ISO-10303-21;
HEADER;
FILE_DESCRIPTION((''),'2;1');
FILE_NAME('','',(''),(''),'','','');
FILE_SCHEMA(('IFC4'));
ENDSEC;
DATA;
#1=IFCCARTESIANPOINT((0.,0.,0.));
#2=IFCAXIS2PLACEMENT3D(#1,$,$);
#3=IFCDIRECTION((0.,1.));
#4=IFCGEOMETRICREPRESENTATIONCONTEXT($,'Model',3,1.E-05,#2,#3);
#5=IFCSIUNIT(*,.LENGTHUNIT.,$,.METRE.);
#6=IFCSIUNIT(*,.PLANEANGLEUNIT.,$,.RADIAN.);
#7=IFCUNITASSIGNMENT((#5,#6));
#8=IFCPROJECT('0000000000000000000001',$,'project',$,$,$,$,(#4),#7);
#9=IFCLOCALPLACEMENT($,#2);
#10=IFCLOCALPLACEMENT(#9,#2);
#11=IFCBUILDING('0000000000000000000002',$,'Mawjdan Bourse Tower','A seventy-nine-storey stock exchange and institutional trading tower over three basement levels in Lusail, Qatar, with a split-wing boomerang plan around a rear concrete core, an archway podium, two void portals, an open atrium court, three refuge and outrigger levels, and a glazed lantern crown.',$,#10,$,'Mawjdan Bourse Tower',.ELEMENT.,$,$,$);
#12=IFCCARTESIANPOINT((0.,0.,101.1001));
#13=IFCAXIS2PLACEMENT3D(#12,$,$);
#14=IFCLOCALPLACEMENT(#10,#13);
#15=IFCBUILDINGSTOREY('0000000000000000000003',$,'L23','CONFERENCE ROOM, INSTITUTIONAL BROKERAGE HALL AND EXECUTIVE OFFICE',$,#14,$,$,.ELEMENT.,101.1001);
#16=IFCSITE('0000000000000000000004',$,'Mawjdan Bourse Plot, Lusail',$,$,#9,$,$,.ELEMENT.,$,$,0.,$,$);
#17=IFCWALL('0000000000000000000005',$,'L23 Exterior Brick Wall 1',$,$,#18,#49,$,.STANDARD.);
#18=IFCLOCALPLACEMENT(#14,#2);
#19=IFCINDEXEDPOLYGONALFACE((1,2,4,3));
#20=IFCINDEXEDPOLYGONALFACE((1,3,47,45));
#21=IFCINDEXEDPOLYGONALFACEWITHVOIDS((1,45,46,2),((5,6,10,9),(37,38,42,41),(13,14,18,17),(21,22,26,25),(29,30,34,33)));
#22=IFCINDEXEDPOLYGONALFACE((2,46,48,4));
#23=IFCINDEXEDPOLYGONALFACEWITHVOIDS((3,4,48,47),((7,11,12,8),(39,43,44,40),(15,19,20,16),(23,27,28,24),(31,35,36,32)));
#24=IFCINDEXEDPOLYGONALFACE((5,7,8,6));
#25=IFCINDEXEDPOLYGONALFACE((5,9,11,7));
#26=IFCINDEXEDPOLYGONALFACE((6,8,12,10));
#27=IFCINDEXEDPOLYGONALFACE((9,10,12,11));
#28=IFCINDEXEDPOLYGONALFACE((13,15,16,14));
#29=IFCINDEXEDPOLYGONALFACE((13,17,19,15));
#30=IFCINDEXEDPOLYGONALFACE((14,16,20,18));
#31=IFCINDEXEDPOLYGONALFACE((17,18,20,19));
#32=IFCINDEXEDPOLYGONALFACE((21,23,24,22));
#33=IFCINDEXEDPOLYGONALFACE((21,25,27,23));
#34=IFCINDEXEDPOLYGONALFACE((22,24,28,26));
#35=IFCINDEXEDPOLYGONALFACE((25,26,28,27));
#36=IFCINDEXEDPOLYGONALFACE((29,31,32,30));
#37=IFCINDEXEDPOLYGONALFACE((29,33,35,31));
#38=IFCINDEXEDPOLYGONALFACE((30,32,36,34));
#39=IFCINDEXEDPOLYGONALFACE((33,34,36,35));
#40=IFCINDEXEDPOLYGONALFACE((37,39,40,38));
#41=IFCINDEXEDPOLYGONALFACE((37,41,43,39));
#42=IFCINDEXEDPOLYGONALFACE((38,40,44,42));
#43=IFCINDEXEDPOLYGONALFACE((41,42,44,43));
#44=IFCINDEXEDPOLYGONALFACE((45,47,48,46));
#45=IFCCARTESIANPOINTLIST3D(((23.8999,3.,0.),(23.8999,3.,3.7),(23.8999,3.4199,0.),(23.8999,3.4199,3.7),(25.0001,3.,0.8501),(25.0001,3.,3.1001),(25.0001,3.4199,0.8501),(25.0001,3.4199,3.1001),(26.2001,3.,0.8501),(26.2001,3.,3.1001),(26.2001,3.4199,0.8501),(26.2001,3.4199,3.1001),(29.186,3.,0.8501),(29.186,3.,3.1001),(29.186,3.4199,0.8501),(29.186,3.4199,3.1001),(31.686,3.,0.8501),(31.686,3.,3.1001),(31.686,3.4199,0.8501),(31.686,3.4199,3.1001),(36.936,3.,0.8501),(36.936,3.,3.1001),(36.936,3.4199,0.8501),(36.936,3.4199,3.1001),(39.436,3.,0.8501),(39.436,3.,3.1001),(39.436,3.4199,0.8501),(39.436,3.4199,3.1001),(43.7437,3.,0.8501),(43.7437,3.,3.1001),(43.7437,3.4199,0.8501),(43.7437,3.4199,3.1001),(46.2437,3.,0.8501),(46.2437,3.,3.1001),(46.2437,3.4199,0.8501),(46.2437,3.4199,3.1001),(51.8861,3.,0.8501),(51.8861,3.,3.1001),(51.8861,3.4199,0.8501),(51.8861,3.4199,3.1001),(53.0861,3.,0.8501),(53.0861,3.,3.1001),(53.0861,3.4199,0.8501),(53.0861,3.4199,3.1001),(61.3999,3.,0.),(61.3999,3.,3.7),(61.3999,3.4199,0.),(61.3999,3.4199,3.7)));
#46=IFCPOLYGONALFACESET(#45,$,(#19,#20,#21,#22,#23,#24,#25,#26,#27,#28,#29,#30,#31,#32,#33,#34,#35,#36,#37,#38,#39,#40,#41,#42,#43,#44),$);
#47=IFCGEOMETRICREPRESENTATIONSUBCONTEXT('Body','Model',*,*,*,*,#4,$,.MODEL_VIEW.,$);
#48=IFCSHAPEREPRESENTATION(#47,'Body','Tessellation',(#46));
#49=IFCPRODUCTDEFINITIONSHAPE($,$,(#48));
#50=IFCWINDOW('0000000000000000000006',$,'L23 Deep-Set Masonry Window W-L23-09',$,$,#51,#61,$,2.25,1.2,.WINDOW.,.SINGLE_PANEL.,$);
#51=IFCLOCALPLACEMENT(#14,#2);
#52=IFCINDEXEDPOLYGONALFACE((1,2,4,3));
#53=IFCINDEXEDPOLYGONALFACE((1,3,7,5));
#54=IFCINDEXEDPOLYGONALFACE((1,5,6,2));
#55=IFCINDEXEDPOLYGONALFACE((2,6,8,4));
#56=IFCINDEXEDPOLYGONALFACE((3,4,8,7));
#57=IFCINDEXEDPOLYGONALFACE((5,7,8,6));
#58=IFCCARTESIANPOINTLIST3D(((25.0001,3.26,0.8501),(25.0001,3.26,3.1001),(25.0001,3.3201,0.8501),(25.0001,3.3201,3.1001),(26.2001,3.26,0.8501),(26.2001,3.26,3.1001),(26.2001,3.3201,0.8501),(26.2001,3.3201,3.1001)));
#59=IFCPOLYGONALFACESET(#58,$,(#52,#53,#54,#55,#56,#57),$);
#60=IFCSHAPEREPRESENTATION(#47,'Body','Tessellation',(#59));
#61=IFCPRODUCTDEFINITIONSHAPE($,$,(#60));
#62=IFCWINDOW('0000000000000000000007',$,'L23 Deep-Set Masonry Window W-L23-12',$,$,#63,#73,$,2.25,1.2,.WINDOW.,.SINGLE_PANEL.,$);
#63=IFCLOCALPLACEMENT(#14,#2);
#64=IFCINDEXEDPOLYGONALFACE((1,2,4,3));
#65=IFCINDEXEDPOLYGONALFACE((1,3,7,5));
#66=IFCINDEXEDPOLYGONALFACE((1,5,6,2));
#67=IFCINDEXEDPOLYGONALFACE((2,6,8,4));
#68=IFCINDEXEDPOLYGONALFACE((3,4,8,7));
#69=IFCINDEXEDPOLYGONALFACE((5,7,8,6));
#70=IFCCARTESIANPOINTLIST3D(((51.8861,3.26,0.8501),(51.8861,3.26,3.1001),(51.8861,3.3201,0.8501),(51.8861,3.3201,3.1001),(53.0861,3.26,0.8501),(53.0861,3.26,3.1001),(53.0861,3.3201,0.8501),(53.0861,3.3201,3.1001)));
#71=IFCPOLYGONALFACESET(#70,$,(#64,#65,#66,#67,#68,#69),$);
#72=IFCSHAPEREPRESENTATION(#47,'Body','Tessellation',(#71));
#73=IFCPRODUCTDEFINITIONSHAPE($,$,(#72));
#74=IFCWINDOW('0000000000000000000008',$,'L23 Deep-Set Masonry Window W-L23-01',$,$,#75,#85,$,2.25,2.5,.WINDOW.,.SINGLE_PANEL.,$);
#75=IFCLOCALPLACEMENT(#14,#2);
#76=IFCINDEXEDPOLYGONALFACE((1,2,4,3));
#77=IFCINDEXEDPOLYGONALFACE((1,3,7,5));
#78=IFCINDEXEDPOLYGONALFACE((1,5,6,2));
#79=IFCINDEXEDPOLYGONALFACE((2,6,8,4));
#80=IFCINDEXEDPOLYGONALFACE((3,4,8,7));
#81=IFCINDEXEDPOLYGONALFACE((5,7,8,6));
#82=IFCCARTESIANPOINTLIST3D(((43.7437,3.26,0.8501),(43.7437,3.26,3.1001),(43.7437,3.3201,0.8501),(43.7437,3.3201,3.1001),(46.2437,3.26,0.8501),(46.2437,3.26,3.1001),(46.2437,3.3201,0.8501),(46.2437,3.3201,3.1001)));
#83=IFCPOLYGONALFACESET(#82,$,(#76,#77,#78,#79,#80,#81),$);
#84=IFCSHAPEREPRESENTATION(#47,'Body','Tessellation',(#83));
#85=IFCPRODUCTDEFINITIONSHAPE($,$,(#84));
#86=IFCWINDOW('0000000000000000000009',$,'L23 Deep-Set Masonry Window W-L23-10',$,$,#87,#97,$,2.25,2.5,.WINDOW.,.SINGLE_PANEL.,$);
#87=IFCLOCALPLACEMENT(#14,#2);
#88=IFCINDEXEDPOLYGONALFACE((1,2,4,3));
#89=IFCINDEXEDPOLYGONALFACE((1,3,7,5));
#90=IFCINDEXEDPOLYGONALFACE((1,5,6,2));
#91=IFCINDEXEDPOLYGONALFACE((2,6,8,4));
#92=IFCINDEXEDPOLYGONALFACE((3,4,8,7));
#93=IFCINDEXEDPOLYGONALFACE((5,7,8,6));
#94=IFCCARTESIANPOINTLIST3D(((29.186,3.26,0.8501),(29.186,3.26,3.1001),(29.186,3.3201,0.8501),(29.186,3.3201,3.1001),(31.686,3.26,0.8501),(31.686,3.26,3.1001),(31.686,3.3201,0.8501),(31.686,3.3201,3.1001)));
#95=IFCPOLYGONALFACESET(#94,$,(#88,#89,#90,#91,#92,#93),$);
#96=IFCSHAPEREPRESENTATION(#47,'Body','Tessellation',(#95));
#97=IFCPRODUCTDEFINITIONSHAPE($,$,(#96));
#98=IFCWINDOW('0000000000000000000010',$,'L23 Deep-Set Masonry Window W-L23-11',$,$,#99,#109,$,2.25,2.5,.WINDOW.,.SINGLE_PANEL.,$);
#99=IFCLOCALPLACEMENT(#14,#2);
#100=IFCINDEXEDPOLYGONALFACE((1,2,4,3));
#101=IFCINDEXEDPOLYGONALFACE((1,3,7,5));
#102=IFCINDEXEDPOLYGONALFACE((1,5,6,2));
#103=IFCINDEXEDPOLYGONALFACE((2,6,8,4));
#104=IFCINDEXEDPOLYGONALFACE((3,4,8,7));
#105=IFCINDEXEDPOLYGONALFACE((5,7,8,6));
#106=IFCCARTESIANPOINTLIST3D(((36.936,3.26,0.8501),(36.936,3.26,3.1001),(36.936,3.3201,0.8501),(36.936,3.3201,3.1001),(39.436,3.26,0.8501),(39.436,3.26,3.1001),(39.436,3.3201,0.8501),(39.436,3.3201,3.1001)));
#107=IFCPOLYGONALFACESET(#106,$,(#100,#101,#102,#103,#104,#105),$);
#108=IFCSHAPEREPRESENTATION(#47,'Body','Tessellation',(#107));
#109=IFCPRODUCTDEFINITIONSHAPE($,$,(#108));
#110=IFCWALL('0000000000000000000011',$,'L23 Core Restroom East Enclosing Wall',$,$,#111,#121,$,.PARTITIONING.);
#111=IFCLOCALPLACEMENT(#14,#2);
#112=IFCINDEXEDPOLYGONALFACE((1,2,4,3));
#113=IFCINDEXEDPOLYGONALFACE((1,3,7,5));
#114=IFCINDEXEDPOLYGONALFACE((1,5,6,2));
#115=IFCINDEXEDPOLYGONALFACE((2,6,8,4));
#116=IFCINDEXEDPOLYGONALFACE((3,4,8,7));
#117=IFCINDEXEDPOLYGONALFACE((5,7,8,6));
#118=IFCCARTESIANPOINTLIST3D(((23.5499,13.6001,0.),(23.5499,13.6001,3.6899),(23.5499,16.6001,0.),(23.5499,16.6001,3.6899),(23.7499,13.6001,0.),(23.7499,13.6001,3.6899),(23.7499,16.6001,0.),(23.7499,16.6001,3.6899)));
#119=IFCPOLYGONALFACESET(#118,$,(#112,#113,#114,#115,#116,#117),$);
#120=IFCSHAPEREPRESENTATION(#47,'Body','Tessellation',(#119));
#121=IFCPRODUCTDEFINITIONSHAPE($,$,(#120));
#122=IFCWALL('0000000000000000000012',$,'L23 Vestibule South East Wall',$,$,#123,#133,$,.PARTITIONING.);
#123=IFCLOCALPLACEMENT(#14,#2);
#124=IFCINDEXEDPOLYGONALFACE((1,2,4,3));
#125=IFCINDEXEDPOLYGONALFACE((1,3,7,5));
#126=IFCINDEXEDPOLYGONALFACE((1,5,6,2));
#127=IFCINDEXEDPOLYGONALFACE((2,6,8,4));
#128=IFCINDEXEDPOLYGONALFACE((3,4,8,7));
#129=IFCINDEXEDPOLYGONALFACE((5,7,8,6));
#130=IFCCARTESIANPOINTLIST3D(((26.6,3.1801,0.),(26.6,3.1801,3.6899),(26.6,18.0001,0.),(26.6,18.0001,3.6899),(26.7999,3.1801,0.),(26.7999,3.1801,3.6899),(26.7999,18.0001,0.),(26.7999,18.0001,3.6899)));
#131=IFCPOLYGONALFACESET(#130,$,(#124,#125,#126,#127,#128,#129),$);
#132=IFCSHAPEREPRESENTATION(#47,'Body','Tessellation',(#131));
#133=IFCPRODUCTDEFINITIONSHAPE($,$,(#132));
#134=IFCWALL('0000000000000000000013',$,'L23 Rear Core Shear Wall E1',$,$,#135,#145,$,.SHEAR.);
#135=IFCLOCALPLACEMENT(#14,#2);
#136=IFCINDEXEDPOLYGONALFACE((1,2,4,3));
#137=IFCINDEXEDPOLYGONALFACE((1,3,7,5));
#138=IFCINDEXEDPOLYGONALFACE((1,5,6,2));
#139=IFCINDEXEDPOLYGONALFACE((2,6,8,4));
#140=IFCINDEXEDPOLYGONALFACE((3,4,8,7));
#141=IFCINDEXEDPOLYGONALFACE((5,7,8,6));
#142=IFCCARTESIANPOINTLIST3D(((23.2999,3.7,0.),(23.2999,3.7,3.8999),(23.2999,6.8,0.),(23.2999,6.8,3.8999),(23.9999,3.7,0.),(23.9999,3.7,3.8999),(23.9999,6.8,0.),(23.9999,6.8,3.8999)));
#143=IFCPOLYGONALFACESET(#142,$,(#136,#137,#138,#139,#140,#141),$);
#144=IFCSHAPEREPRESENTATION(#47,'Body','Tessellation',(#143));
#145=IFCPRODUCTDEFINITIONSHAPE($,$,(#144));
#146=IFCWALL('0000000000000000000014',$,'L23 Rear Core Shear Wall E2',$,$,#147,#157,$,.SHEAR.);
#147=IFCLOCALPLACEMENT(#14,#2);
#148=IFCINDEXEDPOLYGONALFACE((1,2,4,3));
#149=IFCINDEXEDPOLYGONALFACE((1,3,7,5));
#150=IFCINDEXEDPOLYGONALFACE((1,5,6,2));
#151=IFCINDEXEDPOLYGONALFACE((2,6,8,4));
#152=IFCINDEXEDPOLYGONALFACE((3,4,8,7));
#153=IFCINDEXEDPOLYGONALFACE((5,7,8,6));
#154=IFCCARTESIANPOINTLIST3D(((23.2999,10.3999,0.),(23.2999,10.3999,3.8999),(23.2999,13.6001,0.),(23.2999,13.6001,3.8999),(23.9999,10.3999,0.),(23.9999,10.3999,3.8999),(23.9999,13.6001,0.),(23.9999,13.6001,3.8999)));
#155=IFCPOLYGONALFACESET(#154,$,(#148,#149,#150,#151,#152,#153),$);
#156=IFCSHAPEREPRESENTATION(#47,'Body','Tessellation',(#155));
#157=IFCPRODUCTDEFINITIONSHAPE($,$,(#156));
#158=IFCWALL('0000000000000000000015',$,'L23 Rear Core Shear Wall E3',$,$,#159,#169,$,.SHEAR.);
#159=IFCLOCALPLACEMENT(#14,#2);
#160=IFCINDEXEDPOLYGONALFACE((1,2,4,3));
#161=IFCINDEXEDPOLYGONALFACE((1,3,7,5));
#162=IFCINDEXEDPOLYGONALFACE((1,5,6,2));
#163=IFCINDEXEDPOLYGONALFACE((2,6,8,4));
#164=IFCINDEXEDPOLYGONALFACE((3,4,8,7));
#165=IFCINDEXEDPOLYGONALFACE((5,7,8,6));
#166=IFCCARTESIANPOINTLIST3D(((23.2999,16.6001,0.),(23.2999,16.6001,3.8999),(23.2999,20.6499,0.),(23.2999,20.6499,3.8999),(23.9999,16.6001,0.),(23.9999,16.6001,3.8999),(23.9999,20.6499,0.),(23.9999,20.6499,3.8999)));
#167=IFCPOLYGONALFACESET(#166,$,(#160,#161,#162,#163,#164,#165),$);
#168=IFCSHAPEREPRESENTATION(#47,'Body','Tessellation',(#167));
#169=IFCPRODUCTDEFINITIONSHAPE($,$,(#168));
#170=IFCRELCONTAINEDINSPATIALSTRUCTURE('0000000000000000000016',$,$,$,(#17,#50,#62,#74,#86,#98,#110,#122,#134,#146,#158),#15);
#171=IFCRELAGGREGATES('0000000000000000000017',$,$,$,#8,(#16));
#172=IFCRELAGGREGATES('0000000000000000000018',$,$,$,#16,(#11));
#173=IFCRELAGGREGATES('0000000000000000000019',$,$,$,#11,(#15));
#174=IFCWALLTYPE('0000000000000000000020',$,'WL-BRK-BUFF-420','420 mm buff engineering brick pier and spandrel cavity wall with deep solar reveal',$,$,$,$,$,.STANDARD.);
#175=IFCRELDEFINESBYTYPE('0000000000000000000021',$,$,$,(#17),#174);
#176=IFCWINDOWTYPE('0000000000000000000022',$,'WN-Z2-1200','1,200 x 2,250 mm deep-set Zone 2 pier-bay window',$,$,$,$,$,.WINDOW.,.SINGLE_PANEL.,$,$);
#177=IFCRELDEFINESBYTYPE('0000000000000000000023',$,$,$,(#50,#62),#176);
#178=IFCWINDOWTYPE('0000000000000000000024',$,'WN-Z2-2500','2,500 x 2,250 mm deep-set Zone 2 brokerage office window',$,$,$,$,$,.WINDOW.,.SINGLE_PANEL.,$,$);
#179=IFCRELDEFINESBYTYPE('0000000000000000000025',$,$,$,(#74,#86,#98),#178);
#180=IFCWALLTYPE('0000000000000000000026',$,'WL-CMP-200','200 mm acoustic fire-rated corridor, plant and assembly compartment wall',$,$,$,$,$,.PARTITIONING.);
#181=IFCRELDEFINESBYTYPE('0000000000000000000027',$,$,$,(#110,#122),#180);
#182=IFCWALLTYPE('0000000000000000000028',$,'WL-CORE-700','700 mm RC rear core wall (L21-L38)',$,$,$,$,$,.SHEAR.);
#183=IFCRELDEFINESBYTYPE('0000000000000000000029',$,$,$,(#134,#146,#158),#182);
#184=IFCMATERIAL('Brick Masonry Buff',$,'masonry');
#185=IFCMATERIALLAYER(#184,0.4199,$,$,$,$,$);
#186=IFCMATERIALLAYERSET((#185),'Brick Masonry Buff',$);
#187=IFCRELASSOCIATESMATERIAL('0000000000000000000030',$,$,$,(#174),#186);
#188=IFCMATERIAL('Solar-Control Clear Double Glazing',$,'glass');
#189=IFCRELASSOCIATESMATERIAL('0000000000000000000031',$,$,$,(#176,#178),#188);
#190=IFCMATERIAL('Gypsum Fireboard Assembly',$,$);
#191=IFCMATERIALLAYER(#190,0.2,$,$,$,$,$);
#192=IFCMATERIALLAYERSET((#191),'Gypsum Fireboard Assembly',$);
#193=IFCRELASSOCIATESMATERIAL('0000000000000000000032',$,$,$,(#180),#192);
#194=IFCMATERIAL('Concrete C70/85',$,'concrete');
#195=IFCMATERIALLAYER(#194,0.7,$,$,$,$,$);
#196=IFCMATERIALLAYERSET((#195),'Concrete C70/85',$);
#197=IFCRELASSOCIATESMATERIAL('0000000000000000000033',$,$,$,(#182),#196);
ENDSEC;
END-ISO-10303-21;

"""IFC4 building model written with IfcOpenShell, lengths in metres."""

from ifc_helpers import new_model, si_unit, direction, frame, frame_2d, origin, place, context, subcontext, project, spatial, rectangle, extrude, material, layer, layer_set, type_object, element, fill, save


model = new_model("IFC4")

# Units and contexts
model_context = context("Model", 3, precision=1e-05, world=origin(), true_north=direction((0.0, 1.0)))
body_context = subcontext(model_context, "Body", "Model", "MODEL_VIEW")
ifc_project = project(units=[si_unit("LENGTHUNIT", "METRE"), si_unit("PLANEANGLEUNIT", "RADIAN")], contexts=[model_context])

# Site, building, storey
site_placement = place(None, origin())
site = spatial("IfcSite", under=ifc_project, at=site_placement, Name="Mawjdan Bourse Plot, Lusail", CompositionType="ELEMENT", RefElevation=0.0)
building_placement = place(site_placement, origin())
building = spatial("IfcBuilding", under=site, at=building_placement, Name="Mawjdan Bourse Tower", Description="A seventy-nine-storey stock exchange and institutional trading tower over three basement levels in Lusail, Qatar, with a split-wing boomerang plan around a rear concrete core, an archway podium, two void portals, an open atrium court, three refuge and outrigger levels, and a glazed lantern crown.", LongName="Mawjdan Bourse Tower", CompositionType="ELEMENT")
storey_placement = place(building_placement, frame((0.0, 0.0, 101.1001)))
storey = spatial("IfcBuildingStorey", under=building, at=storey_placement, Name="L23", Description="CONFERENCE ROOM, INSTITUTIONAL BROKERAGE HALL AND EXECUTIVE OFFICE", CompositionType="ELEMENT", Elevation=101.1001)

# Shared definitions
ifc_material_1 = material(Name="Concrete C70/85", Category="concrete")

# Wall, openings, windows
ifc_material_2 = material(Name="Brick Masonry Buff", Category="masonry")
ifc_layer_1 = layer(ifc_material_2, 0.4199)
ifc_layer_set_1 = layer_set([ifc_layer_1], Name="Brick Masonry Buff")
wall_type_1 = type_object("IfcWallType", Name="WL-BRK-BUFF-420", Description="420 mm buff engineering brick pier and spandrel cavity wall with deep solar reveal", PredefinedType="STANDARD", material=ifc_layer_set_1)
wall_1_placement = place(storey_placement, frame((23.8999, 3.21, 0.0), z_axis=(0.0, 0.0, 1.0), x_axis=(1.0, 0.0, 0.0)))
wall_1 = element("IfcWall", 1, at=wall_1_placement, inside=storey, type_object=wall_type_1, Name="L23 Exterior Brick Wall 1", PredefinedType="STANDARD", context=body_context, shape_type="SweptSolid", body=[
    extrude(rectangle(XDim=37.5, YDim=0.4199, at=frame_2d((18.75, 0.0))), origin(), (0.0, 0.0, 1.0), 3.7),
])
opening_1_placement = place(wall_1_placement, frame((19.8438, 0.0, 0.8501)))
opening_1 = element("IfcOpeningElement", 2, at=opening_1_placement, cuts=wall_1, PredefinedType="OPENING", context=body_context, shape_type="SweptSolid", body=[
    extrude(rectangle(XDim=2.5, YDim=2.25, at=frame_2d((1.25, 1.125))), frame((0.0, 0.22, 0.0), z_axis=(0.0, -1.0, 0.0), x_axis=(1.0, 0.0, 0.0)), (0.0, 0.0, 1.0), 0.4399),
])
opening_2_placement = place(wall_1_placement, frame((1.1001, 0.0, 0.8501)))
opening_2 = element("IfcOpeningElement", 3, at=opening_2_placement, cuts=wall_1, PredefinedType="OPENING", context=body_context, shape_type="SweptSolid", body=[
    extrude(rectangle(XDim=1.2, YDim=2.25, at=frame_2d((0.6001, 1.125))), frame((0.0, 0.22, 0.0), z_axis=(0.0, -1.0, 0.0), x_axis=(1.0, 0.0, 0.0)), (0.0, 0.0, 1.0), 0.4399),
])
opening_3_placement = place(wall_1_placement, frame((5.2861, 0.0, 0.8501)))
opening_3 = element("IfcOpeningElement", 4, at=opening_3_placement, cuts=wall_1, PredefinedType="OPENING", context=body_context, shape_type="SweptSolid", body=[
    extrude(rectangle(XDim=2.5, YDim=2.25, at=frame_2d((1.25, 1.125))), frame((0.0, 0.22, 0.0), z_axis=(0.0, -1.0, 0.0), x_axis=(1.0, 0.0, 0.0)), (0.0, 0.0, 1.0), 0.4399),
])
opening_4_placement = place(wall_1_placement, frame((13.0361, 0.0, 0.8501)))
opening_4 = element("IfcOpeningElement", 5, at=opening_4_placement, cuts=wall_1, PredefinedType="OPENING", context=body_context, shape_type="SweptSolid", body=[
    extrude(rectangle(XDim=2.5, YDim=2.25, at=frame_2d((1.25, 1.125))), frame((0.0, 0.22, 0.0), z_axis=(0.0, -1.0, 0.0), x_axis=(1.0, 0.0, 0.0)), (0.0, 0.0, 1.0), 0.4399),
])
opening_5_placement = place(wall_1_placement, frame((27.9861, 0.0, 0.8501)))
opening_5 = element("IfcOpeningElement", 6, at=opening_5_placement, cuts=wall_1, PredefinedType="OPENING", context=body_context, shape_type="SweptSolid", body=[
    extrude(rectangle(XDim=1.2, YDim=2.25, at=frame_2d((0.6001, 1.125))), frame((0.0, 0.22, 0.0), z_axis=(0.0, -1.0, 0.0), x_axis=(1.0, 0.0, 0.0)), (0.0, 0.0, 1.0), 0.4399),
])
ifc_material_3 = material(Name="Solar-Control Clear Double Glazing", Category="glass")
window_type_1 = type_object("IfcWindowType", Name="WN-Z2-1200", Description="1,200 x 2,250 mm deep-set Zone 2 pier-bay window", PartitioningType="SINGLE_PANEL", PredefinedType="WINDOW", material=ifc_material_3)
window_1_placement = place(opening_2_placement, origin())
window_1 = element("IfcWindow", 7, at=window_1_placement, inside=storey, type_object=window_type_1, Name="L23 Deep-Set Masonry Window W-L23-09", OverallHeight=2.25, OverallWidth=1.2, PartitioningType="SINGLE_PANEL", PredefinedType="WINDOW", context=body_context, shape_type="SweptSolid", body=[
    extrude(rectangle(XDim=1.2, YDim=2.25, at=frame_2d((0.6001, 1.125))), frame((0.0, 0.1101, 0.0), z_axis=(0.0, -1.0, 0.0), x_axis=(1.0, 0.0, 0.0)), (0.0, 0.0, 1.0), 0.0601),
])
fill(opening_2, window_1)
window_2_placement = place(opening_5_placement, origin())
window_2 = element("IfcWindow", 8, at=window_2_placement, inside=storey, type_object=window_type_1, Name="L23 Deep-Set Masonry Window W-L23-12", OverallHeight=2.25, OverallWidth=1.2, PartitioningType="SINGLE_PANEL", PredefinedType="WINDOW", context=body_context, shape_type="SweptSolid", body=[
    extrude(rectangle(XDim=1.2, YDim=2.25, at=frame_2d((0.6001, 1.125))), frame((0.0, 0.1101, 0.0), z_axis=(0.0, -1.0, 0.0), x_axis=(1.0, 0.0, 0.0)), (0.0, 0.0, 1.0), 0.0601),
])
fill(opening_5, window_2)
window_type_2 = type_object("IfcWindowType", Name="WN-Z2-2500", Description="2,500 x 2,250 mm deep-set Zone 2 brokerage office window", PartitioningType="SINGLE_PANEL", PredefinedType="WINDOW", material=ifc_material_3)
window_3_placement = place(opening_1_placement, origin())
window_3 = element("IfcWindow", 9, at=window_3_placement, inside=storey, type_object=window_type_2, Name="L23 Deep-Set Masonry Window W-L23-01", OverallHeight=2.25, OverallWidth=2.5, PartitioningType="SINGLE_PANEL", PredefinedType="WINDOW", context=body_context, shape_type="SweptSolid", body=[
    extrude(rectangle(XDim=2.5, YDim=2.25, at=frame_2d((1.25, 1.125))), frame((0.0, 0.1101, 0.0), z_axis=(0.0, -1.0, 0.0), x_axis=(1.0, 0.0, 0.0)), (0.0, 0.0, 1.0), 0.0601),
])
fill(opening_1, window_3)
window_4_placement = place(opening_3_placement, origin())
window_4 = element("IfcWindow", 10, at=window_4_placement, inside=storey, type_object=window_type_2, Name="L23 Deep-Set Masonry Window W-L23-10", OverallHeight=2.25, OverallWidth=2.5, PartitioningType="SINGLE_PANEL", PredefinedType="WINDOW", context=body_context, shape_type="SweptSolid", body=[
    extrude(rectangle(XDim=2.5, YDim=2.25, at=frame_2d((1.25, 1.125))), frame((0.0, 0.1101, 0.0), z_axis=(0.0, -1.0, 0.0), x_axis=(1.0, 0.0, 0.0)), (0.0, 0.0, 1.0), 0.0601),
])
fill(opening_3, window_4)
window_5_placement = place(opening_4_placement, origin())
window_5 = element("IfcWindow", 11, at=window_5_placement, inside=storey, type_object=window_type_2, Name="L23 Deep-Set Masonry Window W-L23-11", OverallHeight=2.25, OverallWidth=2.5, PartitioningType="SINGLE_PANEL", PredefinedType="WINDOW", context=body_context, shape_type="SweptSolid", body=[
    extrude(rectangle(XDim=2.5, YDim=2.25, at=frame_2d((1.25, 1.125))), frame((0.0, 0.1101, 0.0), z_axis=(0.0, -1.0, 0.0), x_axis=(1.0, 0.0, 0.0)), (0.0, 0.0, 1.0), 0.0601),
])
fill(opening_4, window_5)

# Wall
ifc_material_4 = material(Name="Gypsum Fireboard Assembly")
ifc_layer_2 = layer(ifc_material_4, 0.2)
ifc_layer_set_2 = layer_set([ifc_layer_2], Name="Gypsum Fireboard Assembly")
wall_type_2 = type_object("IfcWallType", Name="WL-CMP-200", Description="200 mm acoustic fire-rated corridor, plant and assembly compartment wall", PredefinedType="PARTITIONING", material=ifc_layer_set_2)
wall_2_placement = place(storey_placement, frame((23.6499, 13.6001, 0.0), z_axis=(0.0, 0.0, 1.0), x_axis=(0.0, 1.0, 0.0)))
element("IfcWall", 12, at=wall_2_placement, inside=storey, type_object=wall_type_2, Name="L23 Core Restroom East Enclosing Wall", PredefinedType="PARTITIONING", context=body_context, shape_type="SweptSolid", body=[
    extrude(rectangle(XDim=3.0, YDim=0.2, at=frame_2d((1.5, 0.0))), origin(), (0.0, 0.0, 1.0), 3.6899),
])

# Walls
wall_3_placement = place(storey_placement, frame((26.7, 3.1799, 0.0), z_axis=(0.0, 0.0, 1.0), x_axis=(0.0, 1.0, 0.0)))
element("IfcWall", 13, at=wall_3_placement, inside=storey, type_object=wall_type_2, Name="L23 Vestibule South East Wall", PredefinedType="PARTITIONING", context=body_context, shape_type="SweptSolid", body=[
    extrude(rectangle(XDim=14.8201, YDim=0.2, at=frame_2d((7.4102, 0.0))), origin(), (0.0, 0.0, 1.0), 3.6899),
])
ifc_layer_3 = layer(ifc_material_1, 0.7)
ifc_layer_set_3 = layer_set([ifc_layer_3], Name="Concrete C70/85")
wall_type_3 = type_object("IfcWallType", Name="WL-CORE-700", Description="700 mm RC rear core wall (L21-L38)", PredefinedType="SHEAR", material=ifc_layer_set_3)
wall_4_placement = place(storey_placement, frame((23.6499, 3.7, 0.0), z_axis=(0.0, 0.0, 1.0), x_axis=(0.0, 1.0, 0.0)))
element("IfcWall", 14, at=wall_4_placement, inside=storey, type_object=wall_type_3, Name="L23 Rear Core Shear Wall E1", PredefinedType="SHEAR", context=body_context, shape_type="SweptSolid", body=[
    extrude(rectangle(XDim=3.1001, YDim=0.7, at=frame_2d((1.55, 0.0))), origin(), (0.0, 0.0, 1.0), 3.8999),
])
wall_5_placement = place(storey_placement, frame((23.6499, 10.3999, 0.0), z_axis=(0.0, 0.0, 1.0), x_axis=(0.0, 1.0, 0.0)))
element("IfcWall", 15, at=wall_5_placement, inside=storey, type_object=wall_type_3, Name="L23 Rear Core Shear Wall E2", PredefinedType="SHEAR", context=body_context, shape_type="SweptSolid", body=[
    extrude(rectangle(XDim=3.2002, YDim=0.7, at=frame_2d((1.6001, 0.0))), origin(), (0.0, 0.0, 1.0), 3.8999),
])
wall_6_placement = place(storey_placement, frame((23.6499, 16.6001, 0.0), z_axis=(0.0, 0.0, 1.0), x_axis=(0.0, 1.0, 0.0)))
element("IfcWall", 16, at=wall_6_placement, inside=storey, type_object=wall_type_3, Name="L23 Rear Core Shear Wall E3", PredefinedType="SHEAR", context=body_context, shape_type="SweptSolid", body=[
    extrude(rectangle(XDim=4.0498, YDim=0.7, at=frame_2d((2.0249, 0.0))), origin(), (0.0, 0.0, 1.0), 3.8999),
])

save(model, "model.ifc")
